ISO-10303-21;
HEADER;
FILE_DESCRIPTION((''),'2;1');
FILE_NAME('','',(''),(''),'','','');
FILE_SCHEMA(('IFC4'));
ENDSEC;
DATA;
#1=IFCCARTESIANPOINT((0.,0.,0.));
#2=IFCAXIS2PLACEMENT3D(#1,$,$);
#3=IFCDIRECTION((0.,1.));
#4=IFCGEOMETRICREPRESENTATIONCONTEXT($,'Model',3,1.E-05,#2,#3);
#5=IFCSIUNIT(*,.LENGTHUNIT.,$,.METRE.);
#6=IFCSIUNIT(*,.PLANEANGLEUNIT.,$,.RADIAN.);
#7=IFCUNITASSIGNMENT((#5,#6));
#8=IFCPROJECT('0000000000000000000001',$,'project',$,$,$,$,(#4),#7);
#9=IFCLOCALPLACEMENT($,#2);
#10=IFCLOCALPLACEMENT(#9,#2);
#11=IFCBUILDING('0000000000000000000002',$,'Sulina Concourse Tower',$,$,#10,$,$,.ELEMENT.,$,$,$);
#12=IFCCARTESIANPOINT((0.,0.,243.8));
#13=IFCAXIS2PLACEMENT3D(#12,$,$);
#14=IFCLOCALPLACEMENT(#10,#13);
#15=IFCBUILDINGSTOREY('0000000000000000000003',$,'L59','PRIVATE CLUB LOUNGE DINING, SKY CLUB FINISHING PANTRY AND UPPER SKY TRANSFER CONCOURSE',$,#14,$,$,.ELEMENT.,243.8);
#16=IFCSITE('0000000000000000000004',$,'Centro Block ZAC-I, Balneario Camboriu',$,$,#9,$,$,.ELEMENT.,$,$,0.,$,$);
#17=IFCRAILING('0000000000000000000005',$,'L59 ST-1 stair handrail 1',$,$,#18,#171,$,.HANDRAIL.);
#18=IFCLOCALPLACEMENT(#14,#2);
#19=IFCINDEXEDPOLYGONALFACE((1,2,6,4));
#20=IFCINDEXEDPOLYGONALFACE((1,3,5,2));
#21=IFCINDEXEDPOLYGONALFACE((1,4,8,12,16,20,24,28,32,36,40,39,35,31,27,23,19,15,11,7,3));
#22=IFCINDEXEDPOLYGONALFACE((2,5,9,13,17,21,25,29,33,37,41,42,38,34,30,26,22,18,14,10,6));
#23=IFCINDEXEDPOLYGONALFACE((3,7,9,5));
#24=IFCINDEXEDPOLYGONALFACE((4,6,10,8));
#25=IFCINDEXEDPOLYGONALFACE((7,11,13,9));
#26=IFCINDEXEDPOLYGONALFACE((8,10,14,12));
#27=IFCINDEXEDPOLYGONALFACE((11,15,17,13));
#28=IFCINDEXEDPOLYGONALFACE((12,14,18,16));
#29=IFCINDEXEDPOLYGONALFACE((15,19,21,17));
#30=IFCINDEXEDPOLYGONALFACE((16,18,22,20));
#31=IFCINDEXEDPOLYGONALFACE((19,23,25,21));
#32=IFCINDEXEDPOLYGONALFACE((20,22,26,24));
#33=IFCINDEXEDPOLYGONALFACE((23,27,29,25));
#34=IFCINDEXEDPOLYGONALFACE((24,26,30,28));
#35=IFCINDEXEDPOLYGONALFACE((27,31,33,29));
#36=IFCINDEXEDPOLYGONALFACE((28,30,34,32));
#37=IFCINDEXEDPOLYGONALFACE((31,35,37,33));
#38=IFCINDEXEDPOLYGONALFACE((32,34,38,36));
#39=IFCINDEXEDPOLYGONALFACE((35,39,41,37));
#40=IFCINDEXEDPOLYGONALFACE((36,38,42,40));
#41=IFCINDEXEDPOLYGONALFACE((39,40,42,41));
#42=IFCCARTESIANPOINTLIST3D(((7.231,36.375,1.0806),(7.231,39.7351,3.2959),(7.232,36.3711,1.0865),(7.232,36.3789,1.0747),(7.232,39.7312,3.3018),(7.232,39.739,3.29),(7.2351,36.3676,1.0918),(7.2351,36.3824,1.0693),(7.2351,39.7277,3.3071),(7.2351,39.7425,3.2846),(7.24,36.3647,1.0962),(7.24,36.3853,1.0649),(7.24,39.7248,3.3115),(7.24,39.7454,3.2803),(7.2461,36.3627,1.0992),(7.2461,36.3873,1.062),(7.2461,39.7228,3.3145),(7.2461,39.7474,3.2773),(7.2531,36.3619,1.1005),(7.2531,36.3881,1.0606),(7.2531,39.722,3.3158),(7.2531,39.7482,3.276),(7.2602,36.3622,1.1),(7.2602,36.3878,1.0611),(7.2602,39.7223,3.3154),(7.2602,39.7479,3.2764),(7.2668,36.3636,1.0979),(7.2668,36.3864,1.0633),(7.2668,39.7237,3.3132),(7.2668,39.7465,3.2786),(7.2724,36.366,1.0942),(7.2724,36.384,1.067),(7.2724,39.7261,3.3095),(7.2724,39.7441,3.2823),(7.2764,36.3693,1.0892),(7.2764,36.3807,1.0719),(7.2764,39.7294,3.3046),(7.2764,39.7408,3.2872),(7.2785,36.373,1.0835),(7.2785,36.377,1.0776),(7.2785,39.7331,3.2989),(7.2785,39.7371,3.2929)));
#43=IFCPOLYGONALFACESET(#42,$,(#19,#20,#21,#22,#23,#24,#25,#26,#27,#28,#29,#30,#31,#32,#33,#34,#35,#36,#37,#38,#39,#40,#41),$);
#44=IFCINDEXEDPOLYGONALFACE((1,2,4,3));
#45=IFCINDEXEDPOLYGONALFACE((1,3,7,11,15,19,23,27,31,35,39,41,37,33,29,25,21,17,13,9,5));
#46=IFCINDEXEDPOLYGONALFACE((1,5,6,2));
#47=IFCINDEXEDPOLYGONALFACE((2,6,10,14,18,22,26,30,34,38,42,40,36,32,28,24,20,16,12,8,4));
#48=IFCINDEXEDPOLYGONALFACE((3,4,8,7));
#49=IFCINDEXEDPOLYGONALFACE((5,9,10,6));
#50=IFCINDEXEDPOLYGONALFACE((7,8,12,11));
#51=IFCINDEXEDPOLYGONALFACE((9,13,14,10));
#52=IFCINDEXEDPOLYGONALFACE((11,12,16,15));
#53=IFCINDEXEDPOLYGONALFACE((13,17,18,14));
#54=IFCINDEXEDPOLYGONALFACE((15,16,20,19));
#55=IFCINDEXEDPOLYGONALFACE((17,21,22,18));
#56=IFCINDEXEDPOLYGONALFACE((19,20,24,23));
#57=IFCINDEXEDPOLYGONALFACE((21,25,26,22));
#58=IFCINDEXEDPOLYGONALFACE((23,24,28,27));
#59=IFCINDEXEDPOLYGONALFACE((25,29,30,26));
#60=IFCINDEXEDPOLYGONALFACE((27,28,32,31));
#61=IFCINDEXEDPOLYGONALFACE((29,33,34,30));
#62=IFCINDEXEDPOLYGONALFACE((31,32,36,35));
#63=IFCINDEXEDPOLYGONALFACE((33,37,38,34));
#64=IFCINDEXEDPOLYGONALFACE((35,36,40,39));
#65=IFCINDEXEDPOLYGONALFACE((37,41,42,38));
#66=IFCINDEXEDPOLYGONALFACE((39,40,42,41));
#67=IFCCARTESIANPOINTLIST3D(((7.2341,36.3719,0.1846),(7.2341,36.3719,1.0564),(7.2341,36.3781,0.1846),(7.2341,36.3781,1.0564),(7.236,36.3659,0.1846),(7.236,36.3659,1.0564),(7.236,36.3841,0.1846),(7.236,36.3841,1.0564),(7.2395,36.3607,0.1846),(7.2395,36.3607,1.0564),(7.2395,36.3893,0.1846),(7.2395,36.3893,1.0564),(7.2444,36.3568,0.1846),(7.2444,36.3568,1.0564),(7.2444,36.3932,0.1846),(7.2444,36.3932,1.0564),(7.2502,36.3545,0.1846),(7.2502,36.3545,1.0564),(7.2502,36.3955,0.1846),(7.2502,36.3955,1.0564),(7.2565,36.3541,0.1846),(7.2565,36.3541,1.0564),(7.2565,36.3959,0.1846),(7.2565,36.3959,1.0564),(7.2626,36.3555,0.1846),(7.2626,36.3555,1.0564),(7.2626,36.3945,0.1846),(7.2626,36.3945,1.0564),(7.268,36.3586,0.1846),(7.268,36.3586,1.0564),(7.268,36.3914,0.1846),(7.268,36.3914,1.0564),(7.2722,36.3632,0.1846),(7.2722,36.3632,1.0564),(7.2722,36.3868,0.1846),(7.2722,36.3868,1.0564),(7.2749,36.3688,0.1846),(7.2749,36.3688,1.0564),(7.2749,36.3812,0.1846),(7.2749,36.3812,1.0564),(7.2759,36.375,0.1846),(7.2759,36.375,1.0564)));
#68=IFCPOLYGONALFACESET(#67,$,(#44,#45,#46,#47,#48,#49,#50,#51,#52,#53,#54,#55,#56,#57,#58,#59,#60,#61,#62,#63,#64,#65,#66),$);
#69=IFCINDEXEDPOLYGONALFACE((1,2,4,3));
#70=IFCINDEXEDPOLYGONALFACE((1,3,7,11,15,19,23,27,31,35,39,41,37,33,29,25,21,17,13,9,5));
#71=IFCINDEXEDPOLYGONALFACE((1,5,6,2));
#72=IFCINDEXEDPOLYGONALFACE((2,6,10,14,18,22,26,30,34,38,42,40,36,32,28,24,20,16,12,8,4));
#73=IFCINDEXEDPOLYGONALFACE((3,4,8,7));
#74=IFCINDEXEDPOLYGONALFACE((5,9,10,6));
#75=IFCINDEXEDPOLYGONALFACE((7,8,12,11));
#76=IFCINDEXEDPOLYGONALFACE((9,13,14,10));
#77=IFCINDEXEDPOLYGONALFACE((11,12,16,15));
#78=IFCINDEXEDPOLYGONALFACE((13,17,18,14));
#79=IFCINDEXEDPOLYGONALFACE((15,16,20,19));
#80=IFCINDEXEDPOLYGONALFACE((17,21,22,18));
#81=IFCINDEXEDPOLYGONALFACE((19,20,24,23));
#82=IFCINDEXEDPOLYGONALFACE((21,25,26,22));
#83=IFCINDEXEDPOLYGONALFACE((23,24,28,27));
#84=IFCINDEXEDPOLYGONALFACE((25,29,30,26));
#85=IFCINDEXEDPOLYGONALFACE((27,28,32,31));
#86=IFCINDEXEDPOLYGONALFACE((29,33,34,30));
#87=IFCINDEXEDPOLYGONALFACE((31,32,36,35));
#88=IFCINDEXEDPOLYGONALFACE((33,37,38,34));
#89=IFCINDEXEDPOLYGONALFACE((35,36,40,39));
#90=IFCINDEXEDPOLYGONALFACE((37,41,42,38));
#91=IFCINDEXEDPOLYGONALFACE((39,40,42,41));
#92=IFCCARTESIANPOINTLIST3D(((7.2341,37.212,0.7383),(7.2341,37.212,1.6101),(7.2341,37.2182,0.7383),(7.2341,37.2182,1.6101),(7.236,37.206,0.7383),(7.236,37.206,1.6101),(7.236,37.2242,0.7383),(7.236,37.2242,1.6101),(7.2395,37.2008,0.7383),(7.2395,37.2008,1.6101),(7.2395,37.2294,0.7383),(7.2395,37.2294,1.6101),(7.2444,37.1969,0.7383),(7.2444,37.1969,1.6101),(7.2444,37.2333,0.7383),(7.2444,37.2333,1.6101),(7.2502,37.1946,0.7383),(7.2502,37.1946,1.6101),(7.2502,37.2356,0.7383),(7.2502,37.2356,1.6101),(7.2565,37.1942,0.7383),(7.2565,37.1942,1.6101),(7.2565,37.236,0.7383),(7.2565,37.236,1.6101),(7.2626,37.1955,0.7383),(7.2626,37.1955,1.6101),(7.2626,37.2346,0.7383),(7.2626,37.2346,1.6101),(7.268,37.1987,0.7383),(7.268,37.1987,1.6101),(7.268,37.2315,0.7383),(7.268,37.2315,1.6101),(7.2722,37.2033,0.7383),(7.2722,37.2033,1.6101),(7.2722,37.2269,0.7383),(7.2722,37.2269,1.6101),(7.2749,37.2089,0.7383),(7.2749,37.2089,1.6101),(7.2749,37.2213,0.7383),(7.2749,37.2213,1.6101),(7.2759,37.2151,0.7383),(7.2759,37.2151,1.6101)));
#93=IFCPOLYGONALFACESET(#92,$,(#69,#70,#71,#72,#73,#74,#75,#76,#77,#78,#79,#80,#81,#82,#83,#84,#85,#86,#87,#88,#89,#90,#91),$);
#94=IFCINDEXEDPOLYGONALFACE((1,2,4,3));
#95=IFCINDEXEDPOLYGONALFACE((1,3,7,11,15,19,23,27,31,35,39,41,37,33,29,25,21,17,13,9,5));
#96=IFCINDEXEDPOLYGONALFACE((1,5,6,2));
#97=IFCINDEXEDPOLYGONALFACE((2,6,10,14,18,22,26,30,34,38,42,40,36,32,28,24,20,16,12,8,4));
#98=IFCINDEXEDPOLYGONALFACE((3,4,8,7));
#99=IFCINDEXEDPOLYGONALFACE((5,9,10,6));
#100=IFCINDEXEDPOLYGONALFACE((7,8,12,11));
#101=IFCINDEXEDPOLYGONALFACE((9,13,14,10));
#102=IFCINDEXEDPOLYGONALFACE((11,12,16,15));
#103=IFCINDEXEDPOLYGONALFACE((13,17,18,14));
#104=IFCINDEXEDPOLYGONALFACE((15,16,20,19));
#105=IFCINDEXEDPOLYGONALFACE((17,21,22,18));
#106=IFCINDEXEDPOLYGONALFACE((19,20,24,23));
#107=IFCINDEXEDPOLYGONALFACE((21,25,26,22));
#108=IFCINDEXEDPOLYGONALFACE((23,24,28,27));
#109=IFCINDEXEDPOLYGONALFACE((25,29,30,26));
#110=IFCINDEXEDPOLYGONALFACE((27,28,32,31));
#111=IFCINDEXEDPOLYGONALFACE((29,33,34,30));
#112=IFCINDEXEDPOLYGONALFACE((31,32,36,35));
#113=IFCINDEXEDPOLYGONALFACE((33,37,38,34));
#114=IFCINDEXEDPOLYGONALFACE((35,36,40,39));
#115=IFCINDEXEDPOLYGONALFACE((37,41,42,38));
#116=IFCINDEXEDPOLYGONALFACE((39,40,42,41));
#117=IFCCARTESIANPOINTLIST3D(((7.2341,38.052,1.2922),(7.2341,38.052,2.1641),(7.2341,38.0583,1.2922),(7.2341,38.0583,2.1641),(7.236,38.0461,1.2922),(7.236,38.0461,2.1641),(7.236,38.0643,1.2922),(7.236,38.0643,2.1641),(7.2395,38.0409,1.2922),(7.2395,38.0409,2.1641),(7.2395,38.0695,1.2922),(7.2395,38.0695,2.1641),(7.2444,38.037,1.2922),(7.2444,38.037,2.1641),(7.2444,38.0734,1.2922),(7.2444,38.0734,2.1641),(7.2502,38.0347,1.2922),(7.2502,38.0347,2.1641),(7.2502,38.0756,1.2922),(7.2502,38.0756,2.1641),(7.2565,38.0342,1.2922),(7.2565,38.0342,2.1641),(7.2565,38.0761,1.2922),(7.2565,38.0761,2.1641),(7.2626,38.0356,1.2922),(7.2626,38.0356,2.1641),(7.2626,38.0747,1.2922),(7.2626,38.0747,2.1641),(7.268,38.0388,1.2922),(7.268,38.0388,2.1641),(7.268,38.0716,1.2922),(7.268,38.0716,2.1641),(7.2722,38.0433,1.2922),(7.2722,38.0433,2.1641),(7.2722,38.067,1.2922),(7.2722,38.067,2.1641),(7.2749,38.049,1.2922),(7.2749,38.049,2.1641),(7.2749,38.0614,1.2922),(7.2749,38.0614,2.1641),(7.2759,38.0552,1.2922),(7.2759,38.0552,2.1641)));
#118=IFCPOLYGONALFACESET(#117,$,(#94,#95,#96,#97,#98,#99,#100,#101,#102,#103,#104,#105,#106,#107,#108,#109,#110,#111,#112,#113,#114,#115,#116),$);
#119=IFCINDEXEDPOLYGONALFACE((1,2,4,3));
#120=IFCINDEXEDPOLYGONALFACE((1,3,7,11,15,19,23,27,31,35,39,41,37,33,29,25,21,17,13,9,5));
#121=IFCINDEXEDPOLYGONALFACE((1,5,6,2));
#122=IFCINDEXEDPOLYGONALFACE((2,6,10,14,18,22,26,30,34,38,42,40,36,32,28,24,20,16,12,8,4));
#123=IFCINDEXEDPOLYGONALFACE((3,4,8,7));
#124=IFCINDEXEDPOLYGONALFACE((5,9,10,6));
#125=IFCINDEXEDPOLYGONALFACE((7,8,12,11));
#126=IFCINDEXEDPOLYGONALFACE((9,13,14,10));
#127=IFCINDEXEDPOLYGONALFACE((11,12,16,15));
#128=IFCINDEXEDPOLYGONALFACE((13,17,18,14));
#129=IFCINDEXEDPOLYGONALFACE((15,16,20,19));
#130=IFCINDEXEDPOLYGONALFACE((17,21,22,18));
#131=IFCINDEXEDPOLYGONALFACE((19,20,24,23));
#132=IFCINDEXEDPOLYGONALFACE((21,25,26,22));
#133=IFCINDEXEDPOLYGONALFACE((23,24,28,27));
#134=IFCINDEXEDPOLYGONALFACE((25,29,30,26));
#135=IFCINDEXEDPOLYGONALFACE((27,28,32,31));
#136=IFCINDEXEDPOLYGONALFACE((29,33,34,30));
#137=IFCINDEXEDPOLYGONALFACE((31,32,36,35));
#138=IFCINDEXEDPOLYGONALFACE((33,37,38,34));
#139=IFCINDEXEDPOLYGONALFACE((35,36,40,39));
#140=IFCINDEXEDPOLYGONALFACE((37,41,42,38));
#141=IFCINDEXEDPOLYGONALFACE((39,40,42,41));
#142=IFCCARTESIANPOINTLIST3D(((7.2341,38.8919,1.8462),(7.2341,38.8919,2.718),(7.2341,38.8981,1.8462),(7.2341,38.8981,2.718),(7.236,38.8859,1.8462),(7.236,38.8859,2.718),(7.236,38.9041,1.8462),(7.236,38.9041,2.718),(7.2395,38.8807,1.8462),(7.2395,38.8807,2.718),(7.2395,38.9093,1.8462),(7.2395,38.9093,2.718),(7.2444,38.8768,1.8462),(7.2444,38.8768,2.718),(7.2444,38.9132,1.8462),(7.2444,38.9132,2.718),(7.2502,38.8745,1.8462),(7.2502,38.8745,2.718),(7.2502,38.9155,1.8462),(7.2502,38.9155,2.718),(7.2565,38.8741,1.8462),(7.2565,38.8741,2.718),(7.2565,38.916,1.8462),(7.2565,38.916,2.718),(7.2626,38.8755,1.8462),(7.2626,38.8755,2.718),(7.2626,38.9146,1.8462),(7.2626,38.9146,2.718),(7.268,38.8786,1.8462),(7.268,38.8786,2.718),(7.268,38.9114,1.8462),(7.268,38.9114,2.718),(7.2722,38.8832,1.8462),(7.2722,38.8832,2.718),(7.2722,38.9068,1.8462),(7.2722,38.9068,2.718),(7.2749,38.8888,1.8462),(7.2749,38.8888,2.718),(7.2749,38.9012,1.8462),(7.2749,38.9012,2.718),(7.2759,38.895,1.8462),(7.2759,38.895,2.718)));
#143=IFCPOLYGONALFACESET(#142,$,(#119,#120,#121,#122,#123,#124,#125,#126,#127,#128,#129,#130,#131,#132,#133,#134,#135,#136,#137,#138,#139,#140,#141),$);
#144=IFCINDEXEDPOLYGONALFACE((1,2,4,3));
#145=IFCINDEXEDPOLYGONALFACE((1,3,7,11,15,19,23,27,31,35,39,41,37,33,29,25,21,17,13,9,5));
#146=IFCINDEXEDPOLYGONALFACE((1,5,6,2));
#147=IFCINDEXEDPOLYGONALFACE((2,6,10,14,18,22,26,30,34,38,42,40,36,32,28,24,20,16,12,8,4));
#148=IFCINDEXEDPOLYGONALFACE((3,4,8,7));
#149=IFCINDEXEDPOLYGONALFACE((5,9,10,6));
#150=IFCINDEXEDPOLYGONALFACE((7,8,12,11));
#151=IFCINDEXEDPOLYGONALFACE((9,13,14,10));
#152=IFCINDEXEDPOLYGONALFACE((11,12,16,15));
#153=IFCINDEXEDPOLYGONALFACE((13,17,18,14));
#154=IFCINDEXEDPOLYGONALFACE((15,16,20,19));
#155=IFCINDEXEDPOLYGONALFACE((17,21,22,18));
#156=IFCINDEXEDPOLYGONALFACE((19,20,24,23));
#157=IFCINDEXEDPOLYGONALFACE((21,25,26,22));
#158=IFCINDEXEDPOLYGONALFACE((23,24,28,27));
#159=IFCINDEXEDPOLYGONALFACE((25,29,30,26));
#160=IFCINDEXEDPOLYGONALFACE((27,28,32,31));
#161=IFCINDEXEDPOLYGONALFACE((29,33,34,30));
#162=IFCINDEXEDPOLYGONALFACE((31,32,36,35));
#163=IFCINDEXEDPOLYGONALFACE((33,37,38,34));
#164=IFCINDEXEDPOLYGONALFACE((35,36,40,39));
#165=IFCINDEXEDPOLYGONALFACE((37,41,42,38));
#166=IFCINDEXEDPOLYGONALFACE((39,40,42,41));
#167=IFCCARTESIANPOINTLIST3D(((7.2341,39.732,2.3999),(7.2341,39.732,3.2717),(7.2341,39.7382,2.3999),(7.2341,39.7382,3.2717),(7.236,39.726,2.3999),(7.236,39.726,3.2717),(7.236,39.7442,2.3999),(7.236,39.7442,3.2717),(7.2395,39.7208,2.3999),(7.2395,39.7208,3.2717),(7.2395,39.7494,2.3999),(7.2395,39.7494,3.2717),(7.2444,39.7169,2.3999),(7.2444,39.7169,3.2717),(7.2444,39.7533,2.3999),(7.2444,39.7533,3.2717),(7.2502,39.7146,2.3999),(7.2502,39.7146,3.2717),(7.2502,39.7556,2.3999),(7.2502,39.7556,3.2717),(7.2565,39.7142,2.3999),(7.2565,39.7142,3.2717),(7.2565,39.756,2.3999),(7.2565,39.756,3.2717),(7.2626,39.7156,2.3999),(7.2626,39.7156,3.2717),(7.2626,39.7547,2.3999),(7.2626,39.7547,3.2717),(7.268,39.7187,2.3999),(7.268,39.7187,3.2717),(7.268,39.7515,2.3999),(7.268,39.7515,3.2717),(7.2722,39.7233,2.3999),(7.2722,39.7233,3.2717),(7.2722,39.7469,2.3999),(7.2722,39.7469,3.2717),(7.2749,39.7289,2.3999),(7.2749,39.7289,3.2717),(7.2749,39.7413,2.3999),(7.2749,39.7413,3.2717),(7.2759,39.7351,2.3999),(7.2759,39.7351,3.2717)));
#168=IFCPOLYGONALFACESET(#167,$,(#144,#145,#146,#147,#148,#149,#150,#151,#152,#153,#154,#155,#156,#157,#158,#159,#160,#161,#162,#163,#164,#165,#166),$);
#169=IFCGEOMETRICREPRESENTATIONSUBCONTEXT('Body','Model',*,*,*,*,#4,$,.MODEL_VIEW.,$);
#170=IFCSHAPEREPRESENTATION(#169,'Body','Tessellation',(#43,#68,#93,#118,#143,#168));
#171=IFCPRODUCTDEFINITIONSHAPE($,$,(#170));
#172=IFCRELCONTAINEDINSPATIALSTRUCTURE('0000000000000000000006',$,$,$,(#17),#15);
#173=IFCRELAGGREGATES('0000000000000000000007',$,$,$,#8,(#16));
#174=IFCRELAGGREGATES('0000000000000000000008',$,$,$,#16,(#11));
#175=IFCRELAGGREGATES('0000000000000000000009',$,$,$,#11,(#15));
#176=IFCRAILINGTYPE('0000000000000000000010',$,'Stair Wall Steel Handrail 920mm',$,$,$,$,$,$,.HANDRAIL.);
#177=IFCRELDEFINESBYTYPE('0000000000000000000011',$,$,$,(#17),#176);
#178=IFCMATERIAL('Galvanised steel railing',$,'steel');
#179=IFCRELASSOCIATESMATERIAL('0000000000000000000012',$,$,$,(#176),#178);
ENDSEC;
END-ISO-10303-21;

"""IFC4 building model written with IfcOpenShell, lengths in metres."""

from ifc_helpers import new_model, si_unit, direction, frame, origin, origin_2d, place, context, subcontext, project, spatial, circle, extrude, material, type_object, element, save


model = new_model("IFC4")

# Units and contexts
model_context = context("Model", 3, precision=1e-05, world=origin(), true_north=direction((0.0, 1.0)))
body_context = subcontext(model_context, "Body", "Model", "MODEL_VIEW")
ifc_project = project(units=[si_unit("LENGTHUNIT", "METRE"), si_unit("PLANEANGLEUNIT", "RADIAN")], contexts=[model_context])

# Site, building, storey
site_placement = place(None, origin())
site = spatial("IfcSite", under=ifc_project, at=site_placement, Name="Centro Block ZAC-I, Balneario Camboriu", CompositionType="ELEMENT", RefElevation=0.0)
building_placement = place(site_placement, origin())
building = spatial("IfcBuilding", under=site, at=building_placement, Name="Sulina Concourse Tower", CompositionType="ELEMENT")
storey_placement = place(building_placement, frame((0.0, 0.0, 243.8)))
storey = spatial("IfcBuildingStorey", under=building, at=storey_placement, Name="L59", Description="PRIVATE CLUB LOUNGE DINING, SKY CLUB FINISHING PANTRY AND UPPER SKY TRANSFER CONCOURSE", CompositionType="ELEMENT", Elevation=243.8)

# Railing
ifc_material_1 = material(Name="Galvanised steel railing", Category="steel")
railing_type_1 = type_object("IfcRailingType", Name="Stair Wall Steel Handrail 920mm", PredefinedType="HANDRAIL", material=ifc_material_1)
railing_1_placement = place(storey_placement, frame((7.2549, 36.375, 0.1846)))
element("IfcRailing", 1, at=railing_1_placement, inside=storey, type_object=railing_type_1, Name="L59 ST-1 stair handrail 1", PredefinedType="HANDRAIL", context=body_context, shape_type="SweptSolid", body=[
    extrude(circle(Radius=0.0239, at=origin_2d()), frame((0.0, 0.0, 0.896), z_axis=(0.0, 0.834876, 0.550437), x_axis=(-1.0, 0.0, 0.0)), (0.0, 0.0, 1.0), 4.0247),
    extrude(circle(Radius=0.021, at=origin_2d()), origin(), (0.0, 0.0, 1.0), 0.8718),
    extrude(circle(Radius=0.021, at=origin_2d()), frame((0.0, 0.8401, 0.5537)), (0.0, 0.0, 1.0), 0.8718),
    extrude(circle(Radius=0.021, at=origin_2d()), frame((0.0, 1.6802, 1.1077)), (0.0, 0.0, 1.0), 0.8718),
    extrude(circle(Radius=0.021, at=origin_2d()), frame((0.0, 2.52, 1.6616)), (0.0, 0.0, 1.0), 0.8718),
    extrude(circle(Radius=0.021, at=origin_2d()), frame((0.0, 3.3601, 2.2153)), (0.0, 0.0, 1.0), 0.8718),
])

save(model, "model.ifc")
